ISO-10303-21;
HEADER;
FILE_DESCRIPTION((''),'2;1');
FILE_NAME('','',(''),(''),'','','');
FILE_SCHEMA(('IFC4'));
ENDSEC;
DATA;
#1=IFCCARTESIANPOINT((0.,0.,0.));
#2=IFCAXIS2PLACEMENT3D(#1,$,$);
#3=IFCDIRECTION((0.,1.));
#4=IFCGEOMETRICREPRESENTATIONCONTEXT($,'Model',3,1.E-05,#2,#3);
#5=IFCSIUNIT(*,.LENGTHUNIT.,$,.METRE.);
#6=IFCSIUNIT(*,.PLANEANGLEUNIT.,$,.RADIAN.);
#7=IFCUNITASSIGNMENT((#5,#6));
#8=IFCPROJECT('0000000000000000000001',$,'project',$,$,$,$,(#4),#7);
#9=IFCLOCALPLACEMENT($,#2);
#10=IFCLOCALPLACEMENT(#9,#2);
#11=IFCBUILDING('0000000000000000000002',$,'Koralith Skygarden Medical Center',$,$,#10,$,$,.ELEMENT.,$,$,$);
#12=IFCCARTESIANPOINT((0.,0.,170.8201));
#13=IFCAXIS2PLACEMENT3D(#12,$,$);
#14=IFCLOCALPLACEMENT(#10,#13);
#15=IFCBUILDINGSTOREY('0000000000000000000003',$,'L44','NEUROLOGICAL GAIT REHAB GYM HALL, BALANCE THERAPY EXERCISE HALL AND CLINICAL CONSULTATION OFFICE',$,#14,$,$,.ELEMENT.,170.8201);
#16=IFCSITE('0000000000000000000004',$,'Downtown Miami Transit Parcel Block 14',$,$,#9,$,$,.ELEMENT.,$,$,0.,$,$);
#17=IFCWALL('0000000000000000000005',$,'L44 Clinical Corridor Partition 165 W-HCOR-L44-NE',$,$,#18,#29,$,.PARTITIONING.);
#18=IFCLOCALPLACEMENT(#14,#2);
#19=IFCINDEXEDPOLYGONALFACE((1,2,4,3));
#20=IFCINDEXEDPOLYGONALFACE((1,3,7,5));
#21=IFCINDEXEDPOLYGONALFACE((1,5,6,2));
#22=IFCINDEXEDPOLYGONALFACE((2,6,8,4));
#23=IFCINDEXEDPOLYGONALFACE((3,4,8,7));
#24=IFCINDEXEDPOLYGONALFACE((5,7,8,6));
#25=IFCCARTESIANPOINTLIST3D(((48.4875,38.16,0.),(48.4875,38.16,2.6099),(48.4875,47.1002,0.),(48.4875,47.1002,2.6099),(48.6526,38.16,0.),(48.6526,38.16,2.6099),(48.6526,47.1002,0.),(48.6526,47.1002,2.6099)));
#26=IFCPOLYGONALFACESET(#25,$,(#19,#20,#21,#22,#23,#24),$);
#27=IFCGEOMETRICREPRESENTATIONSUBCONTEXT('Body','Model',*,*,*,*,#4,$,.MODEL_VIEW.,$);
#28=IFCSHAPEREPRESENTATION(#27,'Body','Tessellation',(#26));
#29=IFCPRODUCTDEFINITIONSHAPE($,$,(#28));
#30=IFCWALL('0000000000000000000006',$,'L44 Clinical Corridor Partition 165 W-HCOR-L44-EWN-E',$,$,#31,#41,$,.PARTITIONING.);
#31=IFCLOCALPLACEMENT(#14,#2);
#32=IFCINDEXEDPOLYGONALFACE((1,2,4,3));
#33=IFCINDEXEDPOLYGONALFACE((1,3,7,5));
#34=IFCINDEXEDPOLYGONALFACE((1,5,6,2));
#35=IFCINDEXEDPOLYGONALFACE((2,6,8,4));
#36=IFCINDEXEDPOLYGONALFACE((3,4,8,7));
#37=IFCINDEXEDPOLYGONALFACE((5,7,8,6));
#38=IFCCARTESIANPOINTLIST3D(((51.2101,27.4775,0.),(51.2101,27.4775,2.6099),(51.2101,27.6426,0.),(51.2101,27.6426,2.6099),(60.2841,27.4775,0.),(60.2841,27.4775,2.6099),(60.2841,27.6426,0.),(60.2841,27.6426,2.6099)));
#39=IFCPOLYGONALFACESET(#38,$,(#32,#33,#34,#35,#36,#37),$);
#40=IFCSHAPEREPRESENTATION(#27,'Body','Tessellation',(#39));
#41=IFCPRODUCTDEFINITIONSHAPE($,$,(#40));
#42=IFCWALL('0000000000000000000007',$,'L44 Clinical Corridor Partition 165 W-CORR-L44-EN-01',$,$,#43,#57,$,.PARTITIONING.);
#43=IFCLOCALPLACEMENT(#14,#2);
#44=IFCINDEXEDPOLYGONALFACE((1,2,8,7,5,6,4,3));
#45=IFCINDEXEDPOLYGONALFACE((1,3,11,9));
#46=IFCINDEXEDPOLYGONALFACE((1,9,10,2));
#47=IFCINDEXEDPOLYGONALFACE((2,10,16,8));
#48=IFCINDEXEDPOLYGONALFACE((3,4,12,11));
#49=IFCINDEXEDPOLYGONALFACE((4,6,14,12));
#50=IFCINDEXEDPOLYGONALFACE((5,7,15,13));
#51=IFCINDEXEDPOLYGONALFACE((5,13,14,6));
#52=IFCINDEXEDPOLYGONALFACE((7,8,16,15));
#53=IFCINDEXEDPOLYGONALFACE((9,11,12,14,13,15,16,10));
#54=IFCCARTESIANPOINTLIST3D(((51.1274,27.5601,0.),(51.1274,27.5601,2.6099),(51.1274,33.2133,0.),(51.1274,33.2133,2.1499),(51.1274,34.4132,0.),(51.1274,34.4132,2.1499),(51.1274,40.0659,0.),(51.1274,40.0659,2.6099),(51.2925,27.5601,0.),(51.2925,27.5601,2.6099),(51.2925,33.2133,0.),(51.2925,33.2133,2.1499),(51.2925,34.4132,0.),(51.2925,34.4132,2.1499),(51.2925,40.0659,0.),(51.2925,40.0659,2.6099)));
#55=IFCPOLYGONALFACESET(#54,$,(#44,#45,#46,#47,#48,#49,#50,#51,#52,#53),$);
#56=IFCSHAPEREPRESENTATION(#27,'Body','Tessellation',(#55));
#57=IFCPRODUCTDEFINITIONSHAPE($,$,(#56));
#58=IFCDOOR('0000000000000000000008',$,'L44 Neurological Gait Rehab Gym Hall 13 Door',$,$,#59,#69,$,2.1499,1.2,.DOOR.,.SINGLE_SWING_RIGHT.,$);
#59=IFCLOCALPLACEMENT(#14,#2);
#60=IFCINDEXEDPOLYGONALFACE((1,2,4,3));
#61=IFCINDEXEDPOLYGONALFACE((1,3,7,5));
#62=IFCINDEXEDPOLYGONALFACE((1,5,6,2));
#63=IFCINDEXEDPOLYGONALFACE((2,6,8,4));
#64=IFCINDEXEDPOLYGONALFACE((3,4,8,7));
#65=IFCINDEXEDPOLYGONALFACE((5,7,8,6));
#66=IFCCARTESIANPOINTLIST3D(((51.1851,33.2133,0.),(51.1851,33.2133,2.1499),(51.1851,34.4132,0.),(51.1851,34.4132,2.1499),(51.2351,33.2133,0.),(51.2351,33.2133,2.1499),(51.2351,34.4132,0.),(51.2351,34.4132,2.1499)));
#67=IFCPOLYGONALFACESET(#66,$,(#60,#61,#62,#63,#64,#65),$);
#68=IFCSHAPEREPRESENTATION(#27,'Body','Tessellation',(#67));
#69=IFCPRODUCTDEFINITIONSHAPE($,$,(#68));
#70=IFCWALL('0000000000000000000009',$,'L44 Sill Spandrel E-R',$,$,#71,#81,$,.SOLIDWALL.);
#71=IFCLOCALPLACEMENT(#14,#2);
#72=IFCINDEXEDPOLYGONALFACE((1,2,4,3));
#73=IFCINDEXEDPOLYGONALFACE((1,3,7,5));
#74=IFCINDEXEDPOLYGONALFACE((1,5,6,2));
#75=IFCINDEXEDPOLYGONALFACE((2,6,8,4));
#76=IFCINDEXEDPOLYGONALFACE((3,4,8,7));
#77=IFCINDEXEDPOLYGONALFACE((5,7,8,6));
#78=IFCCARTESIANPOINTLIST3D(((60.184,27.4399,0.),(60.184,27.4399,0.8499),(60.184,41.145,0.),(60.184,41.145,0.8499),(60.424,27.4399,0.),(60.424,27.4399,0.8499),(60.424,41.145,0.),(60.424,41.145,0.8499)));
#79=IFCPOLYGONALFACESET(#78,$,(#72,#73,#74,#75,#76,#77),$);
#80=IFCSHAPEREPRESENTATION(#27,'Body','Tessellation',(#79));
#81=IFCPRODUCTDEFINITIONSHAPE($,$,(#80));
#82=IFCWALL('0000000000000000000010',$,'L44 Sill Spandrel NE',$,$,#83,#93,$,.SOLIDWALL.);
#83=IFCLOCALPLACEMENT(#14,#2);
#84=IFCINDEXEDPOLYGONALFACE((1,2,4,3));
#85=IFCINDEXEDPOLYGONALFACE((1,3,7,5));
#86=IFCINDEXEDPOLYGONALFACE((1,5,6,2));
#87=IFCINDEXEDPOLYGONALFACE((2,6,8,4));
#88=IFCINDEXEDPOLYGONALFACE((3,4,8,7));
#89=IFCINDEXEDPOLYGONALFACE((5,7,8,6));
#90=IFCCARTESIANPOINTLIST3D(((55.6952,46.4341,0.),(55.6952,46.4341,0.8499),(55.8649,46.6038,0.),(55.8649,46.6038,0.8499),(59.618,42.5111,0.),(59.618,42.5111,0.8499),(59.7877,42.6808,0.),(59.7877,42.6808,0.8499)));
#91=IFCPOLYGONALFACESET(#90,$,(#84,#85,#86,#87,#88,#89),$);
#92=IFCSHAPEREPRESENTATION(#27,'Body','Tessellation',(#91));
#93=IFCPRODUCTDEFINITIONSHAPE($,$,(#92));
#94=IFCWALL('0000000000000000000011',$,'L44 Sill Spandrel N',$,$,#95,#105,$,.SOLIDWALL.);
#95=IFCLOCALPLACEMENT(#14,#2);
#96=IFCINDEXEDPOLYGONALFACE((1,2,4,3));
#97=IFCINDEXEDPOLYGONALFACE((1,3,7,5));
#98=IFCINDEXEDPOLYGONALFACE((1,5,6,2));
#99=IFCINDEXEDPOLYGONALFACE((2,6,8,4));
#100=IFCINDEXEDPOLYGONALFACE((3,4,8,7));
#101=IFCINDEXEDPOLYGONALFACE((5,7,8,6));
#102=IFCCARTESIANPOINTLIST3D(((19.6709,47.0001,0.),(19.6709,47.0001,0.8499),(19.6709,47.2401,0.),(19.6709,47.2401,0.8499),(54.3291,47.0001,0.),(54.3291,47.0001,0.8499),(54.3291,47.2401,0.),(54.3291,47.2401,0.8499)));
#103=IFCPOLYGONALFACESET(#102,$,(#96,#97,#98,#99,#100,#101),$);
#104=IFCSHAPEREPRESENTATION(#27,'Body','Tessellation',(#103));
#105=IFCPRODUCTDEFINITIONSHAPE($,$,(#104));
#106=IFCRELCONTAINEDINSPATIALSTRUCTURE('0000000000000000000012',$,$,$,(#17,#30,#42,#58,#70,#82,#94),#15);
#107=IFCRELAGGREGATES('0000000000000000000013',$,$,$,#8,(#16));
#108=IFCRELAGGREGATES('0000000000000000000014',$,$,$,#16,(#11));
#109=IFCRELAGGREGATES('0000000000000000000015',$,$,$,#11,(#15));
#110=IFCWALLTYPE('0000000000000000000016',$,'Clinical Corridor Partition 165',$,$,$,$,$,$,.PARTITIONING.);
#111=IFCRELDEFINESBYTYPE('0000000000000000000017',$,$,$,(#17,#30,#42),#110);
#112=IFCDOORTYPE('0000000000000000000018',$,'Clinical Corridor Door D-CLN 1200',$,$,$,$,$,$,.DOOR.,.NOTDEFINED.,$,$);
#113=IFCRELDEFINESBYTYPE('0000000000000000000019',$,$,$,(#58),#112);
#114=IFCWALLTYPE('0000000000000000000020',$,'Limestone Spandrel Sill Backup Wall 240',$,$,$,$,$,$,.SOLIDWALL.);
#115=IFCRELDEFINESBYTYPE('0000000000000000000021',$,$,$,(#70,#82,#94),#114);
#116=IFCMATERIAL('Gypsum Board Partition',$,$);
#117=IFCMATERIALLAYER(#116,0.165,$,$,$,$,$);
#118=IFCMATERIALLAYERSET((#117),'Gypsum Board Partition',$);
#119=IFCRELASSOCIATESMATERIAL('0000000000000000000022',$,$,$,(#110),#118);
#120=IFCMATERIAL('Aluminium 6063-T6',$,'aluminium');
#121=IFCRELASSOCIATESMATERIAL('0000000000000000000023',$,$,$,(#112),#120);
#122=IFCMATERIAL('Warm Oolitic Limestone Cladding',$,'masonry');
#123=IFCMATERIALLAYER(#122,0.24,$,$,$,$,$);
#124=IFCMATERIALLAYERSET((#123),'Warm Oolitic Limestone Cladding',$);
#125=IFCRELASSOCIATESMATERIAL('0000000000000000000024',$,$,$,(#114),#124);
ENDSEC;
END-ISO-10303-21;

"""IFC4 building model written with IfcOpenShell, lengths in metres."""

from ifc_helpers import new_model, si_unit, direction, frame, frame_2d, origin, place, context, subcontext, project, spatial, rectangle, extrude, material, layer, layer_set, type_object, element, fill, save


model = new_model("IFC4")

# Units and contexts
model_context = context("Model", 3, precision=1e-05, world=origin(), true_north=direction((0.0, 1.0)))
body_context = subcontext(model_context, "Body", "Model", "MODEL_VIEW")
ifc_project = project(units=[si_unit("LENGTHUNIT", "METRE"), si_unit("PLANEANGLEUNIT", "RADIAN")], contexts=[model_context])

# Site, building, storey
site_placement = place(None, origin())
site = spatial("IfcSite", under=ifc_project, at=site_placement, Name="Downtown Miami Transit Parcel Block 14", CompositionType="ELEMENT", RefElevation=0.0)
building_placement = place(site_placement, origin())
building = spatial("IfcBuilding", under=site, at=building_placement, Name="Koralith Skygarden Medical Center", CompositionType="ELEMENT")
storey_placement = place(building_placement, frame((0.0, 0.0, 170.8201)))
storey = spatial("IfcBuildingStorey", under=building, at=storey_placement, Name="L44", Description="NEUROLOGICAL GAIT REHAB GYM HALL, BALANCE THERAPY EXERCISE HALL AND CLINICAL CONSULTATION OFFICE", CompositionType="ELEMENT", Elevation=170.8201)

# Shared definitions
ifc_material_1 = material(Name="Aluminium 6063-T6", Category="aluminium")

# Shared definitions
ifc_material_2 = material(Name="Warm Oolitic Limestone Cladding", Category="masonry")

# Walls
ifc_material_3 = material(Name="Gypsum Board Partition")
ifc_layer_1 = layer(ifc_material_3, 0.165)
ifc_layer_set_1 = layer_set([ifc_layer_1], Name="Gypsum Board Partition")
wall_type_1 = type_object("IfcWallType", Name="Clinical Corridor Partition 165", PredefinedType="PARTITIONING", material=ifc_layer_set_1)
wall_1_placement = place(storey_placement, frame((48.5701, 38.1599, 0.0), z_axis=(0.0, 0.0, 1.0), x_axis=(0.0, 1.0, 0.0)))
element("IfcWall", 1, at=wall_1_placement, inside=storey, type_object=wall_type_1, Name="L44 Clinical Corridor Partition 165 W-HCOR-L44-NE", PredefinedType="PARTITIONING", context=body_context, shape_type="SweptSolid", body=[
    extrude(rectangle(XDim=8.9402, YDim=0.165, at=frame_2d((4.4702, 0.0))), origin(), (0.0, 0.0, 1.0), 2.6099),
])
wall_2_placement = place(storey_placement, frame((51.21, 27.5601, 0.0), z_axis=(0.0, 0.0, 1.0), x_axis=(1.0, 0.0, 0.0)))
element("IfcWall", 2, at=wall_2_placement, inside=storey, type_object=wall_type_1, Name="L44 Clinical Corridor Partition 165 W-HCOR-L44-EWN-E", PredefinedType="PARTITIONING", context=body_context, shape_type="SweptSolid", body=[
    extrude(rectangle(XDim=9.074, YDim=0.165, at=frame_2d((4.5371, 0.0))), origin(), (0.0, 0.0, 1.0), 2.6099),
])

# Wall, opening, door
wall_3_placement = place(storey_placement, frame((51.21, 27.5601, 0.0), z_axis=(0.0, 0.0, 1.0), x_axis=(0.0, 1.0, 0.0)))
wall_3 = element("IfcWall", 3, at=wall_3_placement, inside=storey, type_object=wall_type_1, Name="L44 Clinical Corridor Partition 165 W-CORR-L44-EN-01", PredefinedType="PARTITIONING", context=body_context, shape_type="SweptSolid", body=[
    extrude(rectangle(XDim=12.5059, YDim=0.165, at=frame_2d((6.2529, 0.0))), origin(), (0.0, 0.0, 1.0), 2.6099),
])
opening_1_placement = place(wall_3_placement, frame((5.6531, 0.0, 0.0)))
opening_1 = element("IfcOpeningElement", 4, at=opening_1_placement, cuts=wall_3, PredefinedType="OPENING", context=body_context, shape_type="SweptSolid", body=[
    extrude(rectangle(XDim=1.2, YDim=2.1499, at=frame_2d((0.6001, 1.075))), frame((0.0, 0.0925, 0.0), z_axis=(0.0, -1.0, 0.0), x_axis=(1.0, 0.0, 0.0)), (0.0, 0.0, 1.0), 0.1851),
])
door_type = type_object("IfcDoorType", Name="Clinical Corridor Door D-CLN 1200", OperationType="NOTDEFINED", PredefinedType="DOOR", material=ifc_material_1)
door_1_placement = place(opening_1_placement, origin())
door_1 = element("IfcDoor", 5, at=door_1_placement, inside=storey, type_object=door_type, Name="L44 Neurological Gait Rehab Gym Hall 13 Door", OperationType="SINGLE_SWING_RIGHT", OverallHeight=2.1499, OverallWidth=1.2, PredefinedType="DOOR", context=body_context, shape_type="SweptSolid", body=[
    extrude(rectangle(XDim=1.2, YDim=2.1499, at=frame_2d((0.6001, 1.075))), frame((0.0, 0.0249, 0.0), z_axis=(0.0, -1.0, 0.0), x_axis=(1.0, 0.0, 0.0)), (0.0, 0.0, 1.0), 0.05),
])
fill(opening_1, door_1)

# Walls
ifc_layer_2 = layer(ifc_material_2, 0.24)
ifc_layer_set_2 = layer_set([ifc_layer_2], Name="Warm Oolitic Limestone Cladding")
wall_type_2 = type_object("IfcWallType", Name="Limestone Spandrel Sill Backup Wall 240", PredefinedType="SOLIDWALL", material=ifc_layer_set_2)
wall_4_placement = place(storey_placement, frame((60.304, 27.4399, 0.0), z_axis=(0.0, 0.0, 1.0), x_axis=(0.0, 1.0, 0.0)))
element("IfcWall", 6, at=wall_4_placement, inside=storey, type_object=wall_type_2, Name="L44 Sill Spandrel E-R", PredefinedType="SOLIDWALL", context=body_context, shape_type="SweptSolid", body=[
    extrude(rectangle(XDim=13.7051, YDim=0.24, at=frame_2d((6.8525, 0.0))), origin(), (0.0, 0.0, 1.0), 0.8499),
])
wall_5_placement = place(storey_placement, frame((59.7029, 42.5959, 0.0), z_axis=(0.0, 0.0, 1.0), x_axis=(-0.707085, 0.707129, 0.0)))
element("IfcWall", 7, at=wall_5_placement, inside=storey, type_object=wall_type_2, Name="L44 Sill Spandrel NE", PredefinedType="SOLIDWALL", context=body_context, shape_type="SweptSolid", body=[
    extrude(rectangle(XDim=5.5479, YDim=0.24, at=frame_2d((2.7739, 0.0))), origin(), (0.0, 0.0, 1.0), 0.8499),
])
wall_6_placement = place(storey_placement, frame((54.3291, 47.1201, 0.0), z_axis=(0.0, 0.0, 1.0), x_axis=(-1.0, 0.0, 0.0)))
element("IfcWall", 8, at=wall_6_placement, inside=storey, type_object=wall_type_2, Name="L44 Sill Spandrel N", PredefinedType="SOLIDWALL", context=body_context, shape_type="SweptSolid", body=[
    extrude(rectangle(XDim=34.6582, YDim=0.24, at=frame_2d((17.3291, 0.0))), origin(), (0.0, 0.0, 1.0), 0.8499),
])

save(model, "model.ifc")
